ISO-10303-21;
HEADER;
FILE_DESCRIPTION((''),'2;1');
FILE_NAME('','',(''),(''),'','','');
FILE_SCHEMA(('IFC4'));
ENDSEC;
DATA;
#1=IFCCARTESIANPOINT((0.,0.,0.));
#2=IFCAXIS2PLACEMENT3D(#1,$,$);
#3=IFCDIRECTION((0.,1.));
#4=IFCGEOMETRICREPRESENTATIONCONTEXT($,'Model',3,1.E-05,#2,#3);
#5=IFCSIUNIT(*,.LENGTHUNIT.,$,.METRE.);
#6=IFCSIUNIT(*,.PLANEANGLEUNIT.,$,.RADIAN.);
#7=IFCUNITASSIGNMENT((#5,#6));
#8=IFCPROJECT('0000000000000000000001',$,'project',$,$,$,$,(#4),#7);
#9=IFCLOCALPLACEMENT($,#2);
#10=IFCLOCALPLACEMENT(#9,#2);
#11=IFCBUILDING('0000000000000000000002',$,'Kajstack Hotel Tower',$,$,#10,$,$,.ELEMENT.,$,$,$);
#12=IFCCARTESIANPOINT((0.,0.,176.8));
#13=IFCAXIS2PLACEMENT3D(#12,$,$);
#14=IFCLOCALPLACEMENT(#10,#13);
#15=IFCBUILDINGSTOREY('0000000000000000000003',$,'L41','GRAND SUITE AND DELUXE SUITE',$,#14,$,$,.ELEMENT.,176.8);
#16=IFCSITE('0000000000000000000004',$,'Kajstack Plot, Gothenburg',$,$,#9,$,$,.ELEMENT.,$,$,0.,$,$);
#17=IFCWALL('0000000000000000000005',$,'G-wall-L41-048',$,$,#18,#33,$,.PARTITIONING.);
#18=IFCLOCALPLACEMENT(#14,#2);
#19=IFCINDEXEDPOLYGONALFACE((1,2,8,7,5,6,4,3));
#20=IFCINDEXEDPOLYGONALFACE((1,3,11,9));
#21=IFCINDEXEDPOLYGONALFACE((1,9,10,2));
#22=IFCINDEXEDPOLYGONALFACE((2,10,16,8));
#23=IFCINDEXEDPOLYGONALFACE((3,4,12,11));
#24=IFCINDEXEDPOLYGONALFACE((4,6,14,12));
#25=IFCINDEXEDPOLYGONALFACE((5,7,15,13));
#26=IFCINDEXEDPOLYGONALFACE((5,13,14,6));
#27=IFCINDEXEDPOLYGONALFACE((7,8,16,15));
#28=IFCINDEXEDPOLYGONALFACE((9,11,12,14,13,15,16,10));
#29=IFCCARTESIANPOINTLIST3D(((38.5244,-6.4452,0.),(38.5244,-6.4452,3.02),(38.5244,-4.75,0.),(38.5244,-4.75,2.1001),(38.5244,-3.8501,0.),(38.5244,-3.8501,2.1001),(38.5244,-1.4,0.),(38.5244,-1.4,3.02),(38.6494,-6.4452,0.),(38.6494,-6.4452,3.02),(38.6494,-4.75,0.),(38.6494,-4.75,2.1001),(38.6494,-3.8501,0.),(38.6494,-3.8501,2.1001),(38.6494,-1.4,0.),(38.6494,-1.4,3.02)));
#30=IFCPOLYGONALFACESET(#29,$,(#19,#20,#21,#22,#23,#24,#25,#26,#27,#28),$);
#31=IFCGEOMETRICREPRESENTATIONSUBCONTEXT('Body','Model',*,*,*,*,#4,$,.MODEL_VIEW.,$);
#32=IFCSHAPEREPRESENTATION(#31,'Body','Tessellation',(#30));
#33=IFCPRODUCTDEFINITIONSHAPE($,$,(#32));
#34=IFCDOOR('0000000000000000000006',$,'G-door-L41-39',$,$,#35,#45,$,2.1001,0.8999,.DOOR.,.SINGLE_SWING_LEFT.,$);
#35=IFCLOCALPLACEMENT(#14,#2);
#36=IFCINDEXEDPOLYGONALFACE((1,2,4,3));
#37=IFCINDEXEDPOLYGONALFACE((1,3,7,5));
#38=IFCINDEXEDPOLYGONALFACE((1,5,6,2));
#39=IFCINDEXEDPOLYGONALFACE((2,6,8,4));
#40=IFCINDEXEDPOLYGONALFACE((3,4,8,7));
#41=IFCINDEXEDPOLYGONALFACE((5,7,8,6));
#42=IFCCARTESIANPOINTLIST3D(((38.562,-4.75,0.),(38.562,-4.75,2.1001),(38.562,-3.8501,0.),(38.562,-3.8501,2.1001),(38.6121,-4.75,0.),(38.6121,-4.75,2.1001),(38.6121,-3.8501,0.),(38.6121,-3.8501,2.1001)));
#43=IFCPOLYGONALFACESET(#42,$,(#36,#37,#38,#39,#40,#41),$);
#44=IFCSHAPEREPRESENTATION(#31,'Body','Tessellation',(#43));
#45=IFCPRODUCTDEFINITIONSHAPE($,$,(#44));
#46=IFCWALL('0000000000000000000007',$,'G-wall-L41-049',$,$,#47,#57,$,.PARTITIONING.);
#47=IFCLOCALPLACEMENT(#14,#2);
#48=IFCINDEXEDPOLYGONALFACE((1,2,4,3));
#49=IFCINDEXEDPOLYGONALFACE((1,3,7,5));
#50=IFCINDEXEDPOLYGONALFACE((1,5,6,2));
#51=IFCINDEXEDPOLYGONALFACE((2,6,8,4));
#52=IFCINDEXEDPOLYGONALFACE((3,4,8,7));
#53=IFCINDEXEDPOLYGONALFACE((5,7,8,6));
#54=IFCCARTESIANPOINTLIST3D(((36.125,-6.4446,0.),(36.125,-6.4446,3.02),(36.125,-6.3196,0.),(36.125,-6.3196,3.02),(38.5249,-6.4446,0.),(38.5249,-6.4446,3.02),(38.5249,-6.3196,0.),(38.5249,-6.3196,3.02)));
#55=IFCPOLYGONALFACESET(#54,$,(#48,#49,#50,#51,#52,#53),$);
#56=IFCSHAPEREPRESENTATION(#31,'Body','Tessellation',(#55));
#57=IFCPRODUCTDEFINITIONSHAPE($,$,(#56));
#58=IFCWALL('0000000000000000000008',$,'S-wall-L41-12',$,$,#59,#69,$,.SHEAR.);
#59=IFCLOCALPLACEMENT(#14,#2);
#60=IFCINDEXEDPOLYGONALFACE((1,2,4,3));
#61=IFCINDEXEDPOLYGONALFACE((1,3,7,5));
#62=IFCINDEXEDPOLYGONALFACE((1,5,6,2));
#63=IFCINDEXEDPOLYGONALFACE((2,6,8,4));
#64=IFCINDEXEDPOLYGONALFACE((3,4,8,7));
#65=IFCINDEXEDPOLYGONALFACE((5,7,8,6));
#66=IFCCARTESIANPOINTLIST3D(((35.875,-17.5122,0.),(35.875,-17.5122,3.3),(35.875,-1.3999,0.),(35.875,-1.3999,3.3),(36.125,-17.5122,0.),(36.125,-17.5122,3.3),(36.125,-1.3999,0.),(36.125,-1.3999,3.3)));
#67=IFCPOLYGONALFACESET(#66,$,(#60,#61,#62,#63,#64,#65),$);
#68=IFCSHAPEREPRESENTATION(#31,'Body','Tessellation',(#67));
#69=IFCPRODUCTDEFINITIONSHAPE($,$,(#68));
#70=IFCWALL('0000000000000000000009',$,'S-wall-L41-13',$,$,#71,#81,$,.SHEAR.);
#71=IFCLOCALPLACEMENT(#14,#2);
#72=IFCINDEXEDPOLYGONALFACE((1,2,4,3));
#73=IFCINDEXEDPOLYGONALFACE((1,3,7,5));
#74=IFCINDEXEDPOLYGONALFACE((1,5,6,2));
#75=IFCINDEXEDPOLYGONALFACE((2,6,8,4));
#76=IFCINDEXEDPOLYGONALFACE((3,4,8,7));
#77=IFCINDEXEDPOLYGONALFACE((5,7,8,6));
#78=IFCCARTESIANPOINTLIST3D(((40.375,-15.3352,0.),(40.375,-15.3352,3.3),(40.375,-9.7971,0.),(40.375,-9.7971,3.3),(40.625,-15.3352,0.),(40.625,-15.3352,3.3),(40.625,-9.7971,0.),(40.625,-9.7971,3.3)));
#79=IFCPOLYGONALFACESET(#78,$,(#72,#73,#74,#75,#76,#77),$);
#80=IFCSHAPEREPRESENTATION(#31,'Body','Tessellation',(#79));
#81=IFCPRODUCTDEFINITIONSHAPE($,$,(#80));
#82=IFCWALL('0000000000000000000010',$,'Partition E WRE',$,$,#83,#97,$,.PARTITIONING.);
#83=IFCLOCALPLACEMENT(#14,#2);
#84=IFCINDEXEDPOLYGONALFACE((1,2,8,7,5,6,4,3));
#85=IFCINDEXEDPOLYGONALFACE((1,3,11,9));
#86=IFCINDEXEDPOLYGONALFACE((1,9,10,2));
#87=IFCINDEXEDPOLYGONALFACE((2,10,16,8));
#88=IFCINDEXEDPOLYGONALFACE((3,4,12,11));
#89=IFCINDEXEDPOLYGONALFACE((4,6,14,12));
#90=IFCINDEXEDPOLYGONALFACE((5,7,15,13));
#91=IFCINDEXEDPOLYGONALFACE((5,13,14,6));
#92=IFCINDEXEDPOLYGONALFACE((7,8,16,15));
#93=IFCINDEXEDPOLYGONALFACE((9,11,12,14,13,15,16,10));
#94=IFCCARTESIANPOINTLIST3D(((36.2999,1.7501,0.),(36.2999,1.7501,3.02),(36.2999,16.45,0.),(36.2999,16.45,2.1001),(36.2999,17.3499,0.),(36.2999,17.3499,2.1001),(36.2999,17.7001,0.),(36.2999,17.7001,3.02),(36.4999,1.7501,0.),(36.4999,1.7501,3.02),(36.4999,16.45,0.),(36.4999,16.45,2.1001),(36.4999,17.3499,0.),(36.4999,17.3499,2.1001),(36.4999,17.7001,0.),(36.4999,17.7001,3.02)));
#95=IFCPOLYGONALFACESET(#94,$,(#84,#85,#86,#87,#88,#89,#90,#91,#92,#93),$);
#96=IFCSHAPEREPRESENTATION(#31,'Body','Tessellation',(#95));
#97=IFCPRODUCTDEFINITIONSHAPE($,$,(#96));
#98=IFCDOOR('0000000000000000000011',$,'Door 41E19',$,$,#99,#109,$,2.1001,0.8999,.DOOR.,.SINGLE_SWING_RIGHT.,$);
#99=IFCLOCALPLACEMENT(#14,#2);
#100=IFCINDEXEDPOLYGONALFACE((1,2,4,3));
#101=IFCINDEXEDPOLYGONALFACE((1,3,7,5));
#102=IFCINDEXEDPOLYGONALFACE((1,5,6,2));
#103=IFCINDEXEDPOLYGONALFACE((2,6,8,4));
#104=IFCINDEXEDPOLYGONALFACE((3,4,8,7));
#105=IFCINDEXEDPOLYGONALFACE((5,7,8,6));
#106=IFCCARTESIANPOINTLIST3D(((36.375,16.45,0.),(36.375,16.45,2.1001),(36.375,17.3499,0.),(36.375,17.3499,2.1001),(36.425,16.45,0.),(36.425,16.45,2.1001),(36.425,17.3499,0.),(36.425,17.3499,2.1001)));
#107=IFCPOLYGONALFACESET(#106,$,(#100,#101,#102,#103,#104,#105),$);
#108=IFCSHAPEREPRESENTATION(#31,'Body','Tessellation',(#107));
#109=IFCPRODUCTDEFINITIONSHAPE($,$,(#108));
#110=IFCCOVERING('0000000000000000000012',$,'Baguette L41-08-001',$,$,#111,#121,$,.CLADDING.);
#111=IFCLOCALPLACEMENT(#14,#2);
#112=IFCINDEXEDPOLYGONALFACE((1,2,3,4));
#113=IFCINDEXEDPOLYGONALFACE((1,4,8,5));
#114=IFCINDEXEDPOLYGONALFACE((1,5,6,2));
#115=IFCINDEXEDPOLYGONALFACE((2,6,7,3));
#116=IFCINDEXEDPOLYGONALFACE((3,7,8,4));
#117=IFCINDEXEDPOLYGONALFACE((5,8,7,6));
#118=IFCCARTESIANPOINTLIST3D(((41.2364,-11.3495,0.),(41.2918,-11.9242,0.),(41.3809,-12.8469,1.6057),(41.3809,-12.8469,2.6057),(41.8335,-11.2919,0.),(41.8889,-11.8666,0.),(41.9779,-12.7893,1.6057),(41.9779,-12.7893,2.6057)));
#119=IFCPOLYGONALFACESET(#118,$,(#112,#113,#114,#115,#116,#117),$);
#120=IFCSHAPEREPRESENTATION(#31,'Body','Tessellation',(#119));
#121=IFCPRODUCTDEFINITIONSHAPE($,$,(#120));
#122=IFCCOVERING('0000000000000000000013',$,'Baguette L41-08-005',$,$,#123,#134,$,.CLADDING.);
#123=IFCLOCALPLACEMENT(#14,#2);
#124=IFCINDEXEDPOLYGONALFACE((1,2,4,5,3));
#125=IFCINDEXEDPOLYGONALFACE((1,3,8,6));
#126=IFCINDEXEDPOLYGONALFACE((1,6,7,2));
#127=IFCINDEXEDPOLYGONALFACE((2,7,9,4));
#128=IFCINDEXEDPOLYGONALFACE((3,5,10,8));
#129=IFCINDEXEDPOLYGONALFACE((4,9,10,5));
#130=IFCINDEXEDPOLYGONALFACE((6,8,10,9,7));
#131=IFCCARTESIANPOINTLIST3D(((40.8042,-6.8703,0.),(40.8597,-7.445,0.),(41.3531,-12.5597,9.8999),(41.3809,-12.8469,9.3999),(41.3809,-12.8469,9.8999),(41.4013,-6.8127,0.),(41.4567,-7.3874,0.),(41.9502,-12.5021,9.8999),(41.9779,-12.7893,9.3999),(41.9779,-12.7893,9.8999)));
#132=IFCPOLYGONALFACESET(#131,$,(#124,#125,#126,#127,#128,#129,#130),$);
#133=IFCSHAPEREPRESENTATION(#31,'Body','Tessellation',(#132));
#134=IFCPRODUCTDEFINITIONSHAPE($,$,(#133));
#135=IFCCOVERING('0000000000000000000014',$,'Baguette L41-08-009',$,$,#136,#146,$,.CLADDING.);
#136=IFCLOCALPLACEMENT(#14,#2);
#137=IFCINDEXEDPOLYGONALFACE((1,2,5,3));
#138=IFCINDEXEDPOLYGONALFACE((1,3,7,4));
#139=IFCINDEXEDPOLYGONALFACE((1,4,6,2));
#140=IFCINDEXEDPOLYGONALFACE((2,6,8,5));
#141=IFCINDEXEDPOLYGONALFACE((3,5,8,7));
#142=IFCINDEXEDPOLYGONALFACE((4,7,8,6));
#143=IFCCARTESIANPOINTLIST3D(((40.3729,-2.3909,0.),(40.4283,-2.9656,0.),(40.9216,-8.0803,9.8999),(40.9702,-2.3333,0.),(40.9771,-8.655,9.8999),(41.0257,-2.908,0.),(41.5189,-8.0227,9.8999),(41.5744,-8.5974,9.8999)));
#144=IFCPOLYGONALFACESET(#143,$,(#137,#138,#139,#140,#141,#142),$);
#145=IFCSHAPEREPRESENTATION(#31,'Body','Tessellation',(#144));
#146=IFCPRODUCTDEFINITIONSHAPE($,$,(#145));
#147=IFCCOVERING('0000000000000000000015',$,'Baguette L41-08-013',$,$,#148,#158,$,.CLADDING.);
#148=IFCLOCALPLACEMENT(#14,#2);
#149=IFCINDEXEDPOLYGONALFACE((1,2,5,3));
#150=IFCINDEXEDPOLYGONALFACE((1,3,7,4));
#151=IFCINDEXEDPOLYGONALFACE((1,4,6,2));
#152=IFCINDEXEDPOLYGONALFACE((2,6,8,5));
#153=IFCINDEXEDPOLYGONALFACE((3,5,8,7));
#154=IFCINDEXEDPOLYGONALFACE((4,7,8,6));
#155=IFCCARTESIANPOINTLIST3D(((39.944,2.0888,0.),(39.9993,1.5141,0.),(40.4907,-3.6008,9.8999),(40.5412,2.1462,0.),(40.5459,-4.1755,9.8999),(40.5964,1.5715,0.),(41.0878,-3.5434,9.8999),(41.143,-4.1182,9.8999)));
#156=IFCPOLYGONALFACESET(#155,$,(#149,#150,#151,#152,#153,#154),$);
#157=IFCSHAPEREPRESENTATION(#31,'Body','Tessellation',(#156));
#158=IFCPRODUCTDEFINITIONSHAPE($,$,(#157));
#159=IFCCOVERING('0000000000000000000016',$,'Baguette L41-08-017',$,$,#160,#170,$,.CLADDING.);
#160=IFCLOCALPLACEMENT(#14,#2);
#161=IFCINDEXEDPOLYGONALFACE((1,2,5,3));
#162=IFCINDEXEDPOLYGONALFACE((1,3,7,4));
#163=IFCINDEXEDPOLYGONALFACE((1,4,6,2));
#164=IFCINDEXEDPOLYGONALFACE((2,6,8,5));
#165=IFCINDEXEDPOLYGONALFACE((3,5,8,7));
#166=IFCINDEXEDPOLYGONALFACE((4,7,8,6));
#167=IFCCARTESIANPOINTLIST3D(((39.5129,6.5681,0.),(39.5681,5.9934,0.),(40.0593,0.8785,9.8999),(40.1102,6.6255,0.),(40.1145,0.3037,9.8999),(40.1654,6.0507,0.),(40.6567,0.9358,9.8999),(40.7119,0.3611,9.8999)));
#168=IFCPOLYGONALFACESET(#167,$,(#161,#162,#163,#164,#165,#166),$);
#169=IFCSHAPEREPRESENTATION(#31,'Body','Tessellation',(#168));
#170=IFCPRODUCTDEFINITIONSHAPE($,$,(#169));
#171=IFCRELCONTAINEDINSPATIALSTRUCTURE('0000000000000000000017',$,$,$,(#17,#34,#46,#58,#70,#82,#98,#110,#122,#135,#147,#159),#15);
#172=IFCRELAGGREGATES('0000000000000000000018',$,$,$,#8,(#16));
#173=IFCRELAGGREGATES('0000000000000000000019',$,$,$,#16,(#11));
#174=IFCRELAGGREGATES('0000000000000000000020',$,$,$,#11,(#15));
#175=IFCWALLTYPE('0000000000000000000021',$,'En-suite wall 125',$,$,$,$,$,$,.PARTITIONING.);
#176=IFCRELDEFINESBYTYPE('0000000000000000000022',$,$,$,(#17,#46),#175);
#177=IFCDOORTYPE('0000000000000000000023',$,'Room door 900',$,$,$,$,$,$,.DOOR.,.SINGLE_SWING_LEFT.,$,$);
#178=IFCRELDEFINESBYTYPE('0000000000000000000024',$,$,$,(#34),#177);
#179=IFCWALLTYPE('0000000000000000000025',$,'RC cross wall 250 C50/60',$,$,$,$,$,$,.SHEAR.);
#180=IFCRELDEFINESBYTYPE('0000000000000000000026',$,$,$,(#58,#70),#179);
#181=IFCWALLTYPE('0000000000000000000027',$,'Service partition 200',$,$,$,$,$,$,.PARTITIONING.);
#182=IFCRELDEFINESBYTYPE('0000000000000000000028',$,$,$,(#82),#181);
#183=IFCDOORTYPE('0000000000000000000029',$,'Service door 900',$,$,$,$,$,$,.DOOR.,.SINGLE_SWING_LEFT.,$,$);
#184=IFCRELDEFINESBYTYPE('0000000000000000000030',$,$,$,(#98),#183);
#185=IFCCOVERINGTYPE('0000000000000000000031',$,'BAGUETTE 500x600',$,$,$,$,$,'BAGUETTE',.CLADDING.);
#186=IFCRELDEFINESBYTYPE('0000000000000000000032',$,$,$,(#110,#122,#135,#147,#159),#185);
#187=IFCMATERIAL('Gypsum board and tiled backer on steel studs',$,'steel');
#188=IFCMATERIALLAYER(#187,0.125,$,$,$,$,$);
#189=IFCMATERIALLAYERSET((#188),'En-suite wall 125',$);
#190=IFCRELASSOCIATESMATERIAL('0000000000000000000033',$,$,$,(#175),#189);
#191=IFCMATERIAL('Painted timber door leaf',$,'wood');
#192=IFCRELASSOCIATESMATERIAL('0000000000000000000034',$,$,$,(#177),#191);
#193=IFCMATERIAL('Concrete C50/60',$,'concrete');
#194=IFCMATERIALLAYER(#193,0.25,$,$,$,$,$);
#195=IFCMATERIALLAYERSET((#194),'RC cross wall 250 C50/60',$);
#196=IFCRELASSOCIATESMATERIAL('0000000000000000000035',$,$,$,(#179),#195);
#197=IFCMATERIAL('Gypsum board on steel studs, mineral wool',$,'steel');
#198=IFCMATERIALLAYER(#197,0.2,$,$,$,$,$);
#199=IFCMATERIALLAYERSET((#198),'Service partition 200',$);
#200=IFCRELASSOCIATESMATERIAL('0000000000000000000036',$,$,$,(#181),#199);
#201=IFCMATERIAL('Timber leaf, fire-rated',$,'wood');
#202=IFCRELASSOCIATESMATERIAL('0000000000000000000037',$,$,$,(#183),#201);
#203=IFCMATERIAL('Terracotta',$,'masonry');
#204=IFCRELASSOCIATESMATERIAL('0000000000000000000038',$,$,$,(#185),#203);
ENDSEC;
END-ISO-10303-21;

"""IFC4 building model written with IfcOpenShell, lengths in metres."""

from ifc_helpers import new_model, si_unit, direction, frame, frame_2d, origin, origin_2d, place, context, subcontext, project, spatial, polyline, rectangle, outline, extrude, material, layer, layer_set, material_profile, profile_set, type_object, element, fill, save


model = new_model("IFC4")

# Units and contexts
model_context = context("Model", 3, precision=1e-05, world=origin(), true_north=direction((0.0, 1.0)))
body_context = subcontext(model_context, "Body", "Model", "MODEL_VIEW")
ifc_project = project(units=[si_unit("LENGTHUNIT", "METRE"), si_unit("PLANEANGLEUNIT", "RADIAN")], contexts=[model_context])

# Site, building, storey
site_placement = place(None, origin())
site = spatial("IfcSite", under=ifc_project, at=site_placement, Name="Kajstack Plot, Gothenburg", CompositionType="ELEMENT", RefElevation=0.0)
building_placement = place(site_placement, origin())
building = spatial("IfcBuilding", under=site, at=building_placement, Name="Kajstack Hotel Tower", CompositionType="ELEMENT")
storey_placement = place(building_placement, frame((0.0, 0.0, 176.8)))
storey = spatial("IfcBuildingStorey", under=building, at=storey_placement, Name="L41", Description="GRAND SUITE AND DELUXE SUITE", CompositionType="ELEMENT", Elevation=176.8)

# Wall, opening, door
ifc_material_1 = material(Name="Gypsum board and tiled backer on steel studs", Category="steel")
ifc_layer_1 = layer(ifc_material_1, 0.125)
ifc_layer_set_1 = layer_set([ifc_layer_1], Name="En-suite wall 125")
wall_type_1 = type_object("IfcWallType", Name="En-suite wall 125", PredefinedType="PARTITIONING", material=ifc_layer_set_1)
wall_1_placement = place(storey_placement, frame((38.5869, -6.4451, 0.0), z_axis=(0.0, 0.0, 1.0), x_axis=(0.0, 1.0, 0.0)))
wall_1 = element("IfcWall", 1, at=wall_1_placement, inside=storey, type_object=wall_type_1, Name="G-wall-L41-048", PredefinedType="PARTITIONING", context=body_context, shape_type="SweptSolid", body=[
    extrude(rectangle(XDim=5.0452, YDim=0.125, at=frame_2d((2.5225, 0.0))), origin(), (0.0, 0.0, 1.0), 3.02),
])
opening_1_placement = place(wall_1_placement, frame((1.6951, 0.0, 0.0)))
opening_1 = element("IfcOpeningElement", 2, at=opening_1_placement, cuts=wall_1, PredefinedType="OPENING", context=body_context, shape_type="SweptSolid", body=[
    extrude(rectangle(XDim=0.8999, YDim=2.1001, at=frame_2d((0.45, 1.05))), frame((0.0, 0.0725, 0.0), z_axis=(0.0, -1.0, 0.0), x_axis=(1.0, 0.0, 0.0)), (0.0, 0.0, 1.0), 0.145),
])
ifc_material_2 = material(Name="Painted timber door leaf", Category="wood")
door_type_1 = type_object("IfcDoorType", Name="Room door 900", OperationType="SINGLE_SWING_LEFT", PredefinedType="DOOR", material=ifc_material_2)
door_1_placement = place(opening_1_placement, origin())
door_1 = element("IfcDoor", 3, at=door_1_placement, inside=storey, type_object=door_type_1, Name="G-door-L41-39", OperationType="SINGLE_SWING_LEFT", OverallHeight=2.1001, OverallWidth=0.8999, PredefinedType="DOOR", context=body_context, shape_type="SweptSolid", body=[
    extrude(rectangle(XDim=0.8999, YDim=2.1001, at=frame_2d((0.45, 1.05))), frame((0.0, 0.0249, 0.0), z_axis=(0.0, -1.0, 0.0), x_axis=(1.0, 0.0, 0.0)), (0.0, 0.0, 1.0), 0.05),
])
fill(opening_1, door_1)

# Walls
wall_2_placement = place(storey_placement, frame((36.125, -6.3821, 0.0), z_axis=(0.0, 0.0, 1.0), x_axis=(1.0, 0.0, 0.0)))
element("IfcWall", 4, at=wall_2_placement, inside=storey, type_object=wall_type_1, Name="G-wall-L41-049", PredefinedType="PARTITIONING", context=body_context, shape_type="SweptSolid", body=[
    extrude(rectangle(XDim=2.3999, YDim=0.125, at=frame_2d((1.2, 0.0))), origin(), (0.0, 0.0, 1.0), 3.02),
])
ifc_material_3 = material(Name="Concrete C50/60", Category="concrete")
ifc_layer_2 = layer(ifc_material_3, 0.25)
ifc_layer_set_2 = layer_set([ifc_layer_2], Name="RC cross wall 250 C50/60")
wall_type_2 = type_object("IfcWallType", Name="RC cross wall 250 C50/60", PredefinedType="SHEAR", material=ifc_layer_set_2)
wall_3_placement = place(storey_placement, frame((36.0, -17.5122, 0.0), z_axis=(0.0, 0.0, 1.0), x_axis=(0.0, 1.0, 0.0)))
element("IfcWall", 5, at=wall_3_placement, inside=storey, type_object=wall_type_2, Name="S-wall-L41-12", PredefinedType="SHEAR", context=body_context, shape_type="SweptSolid", body=[
    extrude(rectangle(XDim=16.1123, YDim=0.25, at=frame_2d((8.0562, 0.0))), origin(), (0.0, 0.0, 1.0), 3.3),
])
wall_4_placement = place(storey_placement, frame((40.5, -15.3352, 0.0), z_axis=(0.0, 0.0, 1.0), x_axis=(0.0, 1.0, 0.0)))
element("IfcWall", 6, at=wall_4_placement, inside=storey, type_object=wall_type_2, Name="S-wall-L41-13", PredefinedType="SHEAR", context=body_context, shape_type="SweptSolid", body=[
    extrude(rectangle(XDim=5.5381, YDim=0.25, at=frame_2d((2.769, 0.0))), origin(), (0.0, 0.0, 1.0), 3.3),
])

# Wall, opening, door
ifc_material_4 = material(Name="Gypsum board on steel studs, mineral wool", Category="steel")
ifc_layer_3 = layer(ifc_material_4, 0.2)
ifc_layer_set_3 = layer_set([ifc_layer_3], Name="Service partition 200")
wall_type_3 = type_object("IfcWallType", Name="Service partition 200", PredefinedType="PARTITIONING", material=ifc_layer_set_3)
wall_5_placement = place(storey_placement, frame((36.3999, 1.75, 0.0), z_axis=(0.0, 0.0, 1.0), x_axis=(0.0, 1.0, 0.0)))
wall_5 = element("IfcWall", 7, at=wall_5_placement, inside=storey, type_object=wall_type_3, Name="Partition E WRE", PredefinedType="PARTITIONING", context=body_context, shape_type="SweptSolid", body=[
    extrude(rectangle(XDim=15.95, YDim=0.2, at=frame_2d((7.9751, 0.0))), origin(), (0.0, 0.0, 1.0), 3.02),
])
opening_2_placement = place(wall_5_placement, frame((14.7, 0.0, 0.0)))
opening_2 = element("IfcOpeningElement", 8, at=opening_2_placement, cuts=wall_5, PredefinedType="OPENING", context=body_context, shape_type="SweptSolid", body=[
    extrude(rectangle(XDim=0.8999, YDim=2.1001, at=frame_2d((0.45, 1.05))), frame((0.0, 0.1099, 0.0), z_axis=(0.0, -1.0, 0.0), x_axis=(1.0, 0.0, 0.0)), (0.0, 0.0, 1.0), 0.22),
])
ifc_material_5 = material(Name="Timber leaf, fire-rated", Category="wood")
door_type_2 = type_object("IfcDoorType", Name="Service door 900", OperationType="SINGLE_SWING_LEFT", PredefinedType="DOOR", material=ifc_material_5)
door_2_placement = place(opening_2_placement, origin())
door_2 = element("IfcDoor", 9, at=door_2_placement, inside=storey, type_object=door_type_2, Name="Door 41E19", OperationType="SINGLE_SWING_RIGHT", OverallHeight=2.1001, OverallWidth=0.8999, PredefinedType="DOOR", context=body_context, shape_type="SweptSolid", body=[
    extrude(rectangle(XDim=0.8999, YDim=2.1001, at=frame_2d((0.45, 1.05))), frame((0.0, 0.0249, 0.0), z_axis=(0.0, -1.0, 0.0), x_axis=(1.0, 0.0, 0.0)), (0.0, 0.0, 1.0), 0.05),
])
fill(opening_2, door_2)

# Coverings
ifc_material_6 = material(Name="Terracotta", Category="masonry")
ifc_material_profile = material_profile(ifc_material_6, rectangle(XDim=0.6001, YDim=0.5, at=origin_2d()), Name="Terracotta-clad concrete baguette 500 x 600")
ifc_profile_set = profile_set([ifc_material_profile], Name="Terracotta")
covering_type = type_object("IfcCoveringType", Name="BAGUETTE 500x600", ElementType="BAGUETTE", PredefinedType="CLADDING", material=ifc_profile_set)
covering_1_placement = place(storey_placement, frame((41.3809, -12.8469, 0.0), z_axis=(0.995378, 0.096038, 0.0), x_axis=(-0.096038, 0.995378, 0.0)))
element("IfcCovering", 10, at=covering_1_placement, inside=storey, type_object=covering_type, Name="Baguette L41-08-001", PredefinedType="CLADDING", context=body_context, shape_type="SweptSolid", body=[
    extrude(outline(polyline([(1.5044, 0.0), (0.0, 2.6057), (0.0, 1.6057), (0.927, 0.0), (1.5044, 0.0)])), origin(), (0.0, 0.0, 1.0), 0.5999),
])
covering_2_placement = place(storey_placement, frame((41.3809, -12.8469, 0.0), z_axis=(0.995378, 0.096038, 0.0), x_axis=(-0.096038, 0.995378, 0.0)))
element("IfcCovering", 11, at=covering_2_placement, inside=storey, type_object=covering_type, Name="Baguette L41-08-005", PredefinedType="CLADDING", context=body_context, shape_type="SweptSolid", body=[
    extrude(outline(polyline([(0.2886, 9.8999), (0.0, 9.8999), (0.0, 9.3999), (5.427, 0.0), (6.0044, 0.0), (0.2886, 9.8999)])), origin(), (0.0, 0.0, 1.0), 0.5999),
])
covering_3_placement = place(storey_placement, frame((40.9771, -8.655, 0.0), z_axis=(0.995381, 0.095999, 0.0), x_axis=(-0.095999, 0.995381, 0.0)))
element("IfcCovering", 12, at=covering_3_placement, inside=storey, type_object=covering_type, Name="Baguette L41-08-009", PredefinedType="CLADDING", context=body_context, shape_type="SweptSolid", body=[
    extrude(outline(polyline([(0.0, 9.8999), (5.7158, 0.0), (6.2932, 0.0), (0.5774, 9.8999), (0.0, 9.8999)])), origin(), (0.0, 0.0, 1.0), 0.6001),
])
covering_4_placement = place(storey_placement, frame((40.5459, -4.1755, 0.0), z_axis=(0.995416, 0.095635, 0.0), x_axis=(-0.095635, 0.995416, 0.0)))
element("IfcCovering", 13, at=covering_4_placement, inside=storey, type_object=covering_type, Name="Baguette L41-08-013", PredefinedType="CLADDING", context=body_context, shape_type="SweptSolid", body=[
    extrude(outline(polyline([(0.0, 9.8999), (5.7158, 0.0), (6.2932, 0.0), (0.5774, 9.8999), (0.0, 9.8999)])), origin(), (0.0, 0.0, 1.0), 0.5999),
])
covering_5_placement = place(storey_placement, frame((40.1145, 0.3037, 0.0), z_axis=(0.99542, 0.095596, 0.0), x_axis=(-0.095596, 0.99542, 0.0)))
element("IfcCovering", 14, at=covering_5_placement, inside=storey, type_object=covering_type, Name="Baguette L41-08-017", PredefinedType="CLADDING", context=body_context, shape_type="SweptSolid", body=[
    extrude(outline(polyline([(0.0, 9.8999), (5.7158, 0.0), (6.2932, 0.0), (0.5774, 9.8999), (0.0, 9.8999)])), origin(), (0.0, 0.0, 1.0), 0.6001),
])

save(model, "model.ifc")
